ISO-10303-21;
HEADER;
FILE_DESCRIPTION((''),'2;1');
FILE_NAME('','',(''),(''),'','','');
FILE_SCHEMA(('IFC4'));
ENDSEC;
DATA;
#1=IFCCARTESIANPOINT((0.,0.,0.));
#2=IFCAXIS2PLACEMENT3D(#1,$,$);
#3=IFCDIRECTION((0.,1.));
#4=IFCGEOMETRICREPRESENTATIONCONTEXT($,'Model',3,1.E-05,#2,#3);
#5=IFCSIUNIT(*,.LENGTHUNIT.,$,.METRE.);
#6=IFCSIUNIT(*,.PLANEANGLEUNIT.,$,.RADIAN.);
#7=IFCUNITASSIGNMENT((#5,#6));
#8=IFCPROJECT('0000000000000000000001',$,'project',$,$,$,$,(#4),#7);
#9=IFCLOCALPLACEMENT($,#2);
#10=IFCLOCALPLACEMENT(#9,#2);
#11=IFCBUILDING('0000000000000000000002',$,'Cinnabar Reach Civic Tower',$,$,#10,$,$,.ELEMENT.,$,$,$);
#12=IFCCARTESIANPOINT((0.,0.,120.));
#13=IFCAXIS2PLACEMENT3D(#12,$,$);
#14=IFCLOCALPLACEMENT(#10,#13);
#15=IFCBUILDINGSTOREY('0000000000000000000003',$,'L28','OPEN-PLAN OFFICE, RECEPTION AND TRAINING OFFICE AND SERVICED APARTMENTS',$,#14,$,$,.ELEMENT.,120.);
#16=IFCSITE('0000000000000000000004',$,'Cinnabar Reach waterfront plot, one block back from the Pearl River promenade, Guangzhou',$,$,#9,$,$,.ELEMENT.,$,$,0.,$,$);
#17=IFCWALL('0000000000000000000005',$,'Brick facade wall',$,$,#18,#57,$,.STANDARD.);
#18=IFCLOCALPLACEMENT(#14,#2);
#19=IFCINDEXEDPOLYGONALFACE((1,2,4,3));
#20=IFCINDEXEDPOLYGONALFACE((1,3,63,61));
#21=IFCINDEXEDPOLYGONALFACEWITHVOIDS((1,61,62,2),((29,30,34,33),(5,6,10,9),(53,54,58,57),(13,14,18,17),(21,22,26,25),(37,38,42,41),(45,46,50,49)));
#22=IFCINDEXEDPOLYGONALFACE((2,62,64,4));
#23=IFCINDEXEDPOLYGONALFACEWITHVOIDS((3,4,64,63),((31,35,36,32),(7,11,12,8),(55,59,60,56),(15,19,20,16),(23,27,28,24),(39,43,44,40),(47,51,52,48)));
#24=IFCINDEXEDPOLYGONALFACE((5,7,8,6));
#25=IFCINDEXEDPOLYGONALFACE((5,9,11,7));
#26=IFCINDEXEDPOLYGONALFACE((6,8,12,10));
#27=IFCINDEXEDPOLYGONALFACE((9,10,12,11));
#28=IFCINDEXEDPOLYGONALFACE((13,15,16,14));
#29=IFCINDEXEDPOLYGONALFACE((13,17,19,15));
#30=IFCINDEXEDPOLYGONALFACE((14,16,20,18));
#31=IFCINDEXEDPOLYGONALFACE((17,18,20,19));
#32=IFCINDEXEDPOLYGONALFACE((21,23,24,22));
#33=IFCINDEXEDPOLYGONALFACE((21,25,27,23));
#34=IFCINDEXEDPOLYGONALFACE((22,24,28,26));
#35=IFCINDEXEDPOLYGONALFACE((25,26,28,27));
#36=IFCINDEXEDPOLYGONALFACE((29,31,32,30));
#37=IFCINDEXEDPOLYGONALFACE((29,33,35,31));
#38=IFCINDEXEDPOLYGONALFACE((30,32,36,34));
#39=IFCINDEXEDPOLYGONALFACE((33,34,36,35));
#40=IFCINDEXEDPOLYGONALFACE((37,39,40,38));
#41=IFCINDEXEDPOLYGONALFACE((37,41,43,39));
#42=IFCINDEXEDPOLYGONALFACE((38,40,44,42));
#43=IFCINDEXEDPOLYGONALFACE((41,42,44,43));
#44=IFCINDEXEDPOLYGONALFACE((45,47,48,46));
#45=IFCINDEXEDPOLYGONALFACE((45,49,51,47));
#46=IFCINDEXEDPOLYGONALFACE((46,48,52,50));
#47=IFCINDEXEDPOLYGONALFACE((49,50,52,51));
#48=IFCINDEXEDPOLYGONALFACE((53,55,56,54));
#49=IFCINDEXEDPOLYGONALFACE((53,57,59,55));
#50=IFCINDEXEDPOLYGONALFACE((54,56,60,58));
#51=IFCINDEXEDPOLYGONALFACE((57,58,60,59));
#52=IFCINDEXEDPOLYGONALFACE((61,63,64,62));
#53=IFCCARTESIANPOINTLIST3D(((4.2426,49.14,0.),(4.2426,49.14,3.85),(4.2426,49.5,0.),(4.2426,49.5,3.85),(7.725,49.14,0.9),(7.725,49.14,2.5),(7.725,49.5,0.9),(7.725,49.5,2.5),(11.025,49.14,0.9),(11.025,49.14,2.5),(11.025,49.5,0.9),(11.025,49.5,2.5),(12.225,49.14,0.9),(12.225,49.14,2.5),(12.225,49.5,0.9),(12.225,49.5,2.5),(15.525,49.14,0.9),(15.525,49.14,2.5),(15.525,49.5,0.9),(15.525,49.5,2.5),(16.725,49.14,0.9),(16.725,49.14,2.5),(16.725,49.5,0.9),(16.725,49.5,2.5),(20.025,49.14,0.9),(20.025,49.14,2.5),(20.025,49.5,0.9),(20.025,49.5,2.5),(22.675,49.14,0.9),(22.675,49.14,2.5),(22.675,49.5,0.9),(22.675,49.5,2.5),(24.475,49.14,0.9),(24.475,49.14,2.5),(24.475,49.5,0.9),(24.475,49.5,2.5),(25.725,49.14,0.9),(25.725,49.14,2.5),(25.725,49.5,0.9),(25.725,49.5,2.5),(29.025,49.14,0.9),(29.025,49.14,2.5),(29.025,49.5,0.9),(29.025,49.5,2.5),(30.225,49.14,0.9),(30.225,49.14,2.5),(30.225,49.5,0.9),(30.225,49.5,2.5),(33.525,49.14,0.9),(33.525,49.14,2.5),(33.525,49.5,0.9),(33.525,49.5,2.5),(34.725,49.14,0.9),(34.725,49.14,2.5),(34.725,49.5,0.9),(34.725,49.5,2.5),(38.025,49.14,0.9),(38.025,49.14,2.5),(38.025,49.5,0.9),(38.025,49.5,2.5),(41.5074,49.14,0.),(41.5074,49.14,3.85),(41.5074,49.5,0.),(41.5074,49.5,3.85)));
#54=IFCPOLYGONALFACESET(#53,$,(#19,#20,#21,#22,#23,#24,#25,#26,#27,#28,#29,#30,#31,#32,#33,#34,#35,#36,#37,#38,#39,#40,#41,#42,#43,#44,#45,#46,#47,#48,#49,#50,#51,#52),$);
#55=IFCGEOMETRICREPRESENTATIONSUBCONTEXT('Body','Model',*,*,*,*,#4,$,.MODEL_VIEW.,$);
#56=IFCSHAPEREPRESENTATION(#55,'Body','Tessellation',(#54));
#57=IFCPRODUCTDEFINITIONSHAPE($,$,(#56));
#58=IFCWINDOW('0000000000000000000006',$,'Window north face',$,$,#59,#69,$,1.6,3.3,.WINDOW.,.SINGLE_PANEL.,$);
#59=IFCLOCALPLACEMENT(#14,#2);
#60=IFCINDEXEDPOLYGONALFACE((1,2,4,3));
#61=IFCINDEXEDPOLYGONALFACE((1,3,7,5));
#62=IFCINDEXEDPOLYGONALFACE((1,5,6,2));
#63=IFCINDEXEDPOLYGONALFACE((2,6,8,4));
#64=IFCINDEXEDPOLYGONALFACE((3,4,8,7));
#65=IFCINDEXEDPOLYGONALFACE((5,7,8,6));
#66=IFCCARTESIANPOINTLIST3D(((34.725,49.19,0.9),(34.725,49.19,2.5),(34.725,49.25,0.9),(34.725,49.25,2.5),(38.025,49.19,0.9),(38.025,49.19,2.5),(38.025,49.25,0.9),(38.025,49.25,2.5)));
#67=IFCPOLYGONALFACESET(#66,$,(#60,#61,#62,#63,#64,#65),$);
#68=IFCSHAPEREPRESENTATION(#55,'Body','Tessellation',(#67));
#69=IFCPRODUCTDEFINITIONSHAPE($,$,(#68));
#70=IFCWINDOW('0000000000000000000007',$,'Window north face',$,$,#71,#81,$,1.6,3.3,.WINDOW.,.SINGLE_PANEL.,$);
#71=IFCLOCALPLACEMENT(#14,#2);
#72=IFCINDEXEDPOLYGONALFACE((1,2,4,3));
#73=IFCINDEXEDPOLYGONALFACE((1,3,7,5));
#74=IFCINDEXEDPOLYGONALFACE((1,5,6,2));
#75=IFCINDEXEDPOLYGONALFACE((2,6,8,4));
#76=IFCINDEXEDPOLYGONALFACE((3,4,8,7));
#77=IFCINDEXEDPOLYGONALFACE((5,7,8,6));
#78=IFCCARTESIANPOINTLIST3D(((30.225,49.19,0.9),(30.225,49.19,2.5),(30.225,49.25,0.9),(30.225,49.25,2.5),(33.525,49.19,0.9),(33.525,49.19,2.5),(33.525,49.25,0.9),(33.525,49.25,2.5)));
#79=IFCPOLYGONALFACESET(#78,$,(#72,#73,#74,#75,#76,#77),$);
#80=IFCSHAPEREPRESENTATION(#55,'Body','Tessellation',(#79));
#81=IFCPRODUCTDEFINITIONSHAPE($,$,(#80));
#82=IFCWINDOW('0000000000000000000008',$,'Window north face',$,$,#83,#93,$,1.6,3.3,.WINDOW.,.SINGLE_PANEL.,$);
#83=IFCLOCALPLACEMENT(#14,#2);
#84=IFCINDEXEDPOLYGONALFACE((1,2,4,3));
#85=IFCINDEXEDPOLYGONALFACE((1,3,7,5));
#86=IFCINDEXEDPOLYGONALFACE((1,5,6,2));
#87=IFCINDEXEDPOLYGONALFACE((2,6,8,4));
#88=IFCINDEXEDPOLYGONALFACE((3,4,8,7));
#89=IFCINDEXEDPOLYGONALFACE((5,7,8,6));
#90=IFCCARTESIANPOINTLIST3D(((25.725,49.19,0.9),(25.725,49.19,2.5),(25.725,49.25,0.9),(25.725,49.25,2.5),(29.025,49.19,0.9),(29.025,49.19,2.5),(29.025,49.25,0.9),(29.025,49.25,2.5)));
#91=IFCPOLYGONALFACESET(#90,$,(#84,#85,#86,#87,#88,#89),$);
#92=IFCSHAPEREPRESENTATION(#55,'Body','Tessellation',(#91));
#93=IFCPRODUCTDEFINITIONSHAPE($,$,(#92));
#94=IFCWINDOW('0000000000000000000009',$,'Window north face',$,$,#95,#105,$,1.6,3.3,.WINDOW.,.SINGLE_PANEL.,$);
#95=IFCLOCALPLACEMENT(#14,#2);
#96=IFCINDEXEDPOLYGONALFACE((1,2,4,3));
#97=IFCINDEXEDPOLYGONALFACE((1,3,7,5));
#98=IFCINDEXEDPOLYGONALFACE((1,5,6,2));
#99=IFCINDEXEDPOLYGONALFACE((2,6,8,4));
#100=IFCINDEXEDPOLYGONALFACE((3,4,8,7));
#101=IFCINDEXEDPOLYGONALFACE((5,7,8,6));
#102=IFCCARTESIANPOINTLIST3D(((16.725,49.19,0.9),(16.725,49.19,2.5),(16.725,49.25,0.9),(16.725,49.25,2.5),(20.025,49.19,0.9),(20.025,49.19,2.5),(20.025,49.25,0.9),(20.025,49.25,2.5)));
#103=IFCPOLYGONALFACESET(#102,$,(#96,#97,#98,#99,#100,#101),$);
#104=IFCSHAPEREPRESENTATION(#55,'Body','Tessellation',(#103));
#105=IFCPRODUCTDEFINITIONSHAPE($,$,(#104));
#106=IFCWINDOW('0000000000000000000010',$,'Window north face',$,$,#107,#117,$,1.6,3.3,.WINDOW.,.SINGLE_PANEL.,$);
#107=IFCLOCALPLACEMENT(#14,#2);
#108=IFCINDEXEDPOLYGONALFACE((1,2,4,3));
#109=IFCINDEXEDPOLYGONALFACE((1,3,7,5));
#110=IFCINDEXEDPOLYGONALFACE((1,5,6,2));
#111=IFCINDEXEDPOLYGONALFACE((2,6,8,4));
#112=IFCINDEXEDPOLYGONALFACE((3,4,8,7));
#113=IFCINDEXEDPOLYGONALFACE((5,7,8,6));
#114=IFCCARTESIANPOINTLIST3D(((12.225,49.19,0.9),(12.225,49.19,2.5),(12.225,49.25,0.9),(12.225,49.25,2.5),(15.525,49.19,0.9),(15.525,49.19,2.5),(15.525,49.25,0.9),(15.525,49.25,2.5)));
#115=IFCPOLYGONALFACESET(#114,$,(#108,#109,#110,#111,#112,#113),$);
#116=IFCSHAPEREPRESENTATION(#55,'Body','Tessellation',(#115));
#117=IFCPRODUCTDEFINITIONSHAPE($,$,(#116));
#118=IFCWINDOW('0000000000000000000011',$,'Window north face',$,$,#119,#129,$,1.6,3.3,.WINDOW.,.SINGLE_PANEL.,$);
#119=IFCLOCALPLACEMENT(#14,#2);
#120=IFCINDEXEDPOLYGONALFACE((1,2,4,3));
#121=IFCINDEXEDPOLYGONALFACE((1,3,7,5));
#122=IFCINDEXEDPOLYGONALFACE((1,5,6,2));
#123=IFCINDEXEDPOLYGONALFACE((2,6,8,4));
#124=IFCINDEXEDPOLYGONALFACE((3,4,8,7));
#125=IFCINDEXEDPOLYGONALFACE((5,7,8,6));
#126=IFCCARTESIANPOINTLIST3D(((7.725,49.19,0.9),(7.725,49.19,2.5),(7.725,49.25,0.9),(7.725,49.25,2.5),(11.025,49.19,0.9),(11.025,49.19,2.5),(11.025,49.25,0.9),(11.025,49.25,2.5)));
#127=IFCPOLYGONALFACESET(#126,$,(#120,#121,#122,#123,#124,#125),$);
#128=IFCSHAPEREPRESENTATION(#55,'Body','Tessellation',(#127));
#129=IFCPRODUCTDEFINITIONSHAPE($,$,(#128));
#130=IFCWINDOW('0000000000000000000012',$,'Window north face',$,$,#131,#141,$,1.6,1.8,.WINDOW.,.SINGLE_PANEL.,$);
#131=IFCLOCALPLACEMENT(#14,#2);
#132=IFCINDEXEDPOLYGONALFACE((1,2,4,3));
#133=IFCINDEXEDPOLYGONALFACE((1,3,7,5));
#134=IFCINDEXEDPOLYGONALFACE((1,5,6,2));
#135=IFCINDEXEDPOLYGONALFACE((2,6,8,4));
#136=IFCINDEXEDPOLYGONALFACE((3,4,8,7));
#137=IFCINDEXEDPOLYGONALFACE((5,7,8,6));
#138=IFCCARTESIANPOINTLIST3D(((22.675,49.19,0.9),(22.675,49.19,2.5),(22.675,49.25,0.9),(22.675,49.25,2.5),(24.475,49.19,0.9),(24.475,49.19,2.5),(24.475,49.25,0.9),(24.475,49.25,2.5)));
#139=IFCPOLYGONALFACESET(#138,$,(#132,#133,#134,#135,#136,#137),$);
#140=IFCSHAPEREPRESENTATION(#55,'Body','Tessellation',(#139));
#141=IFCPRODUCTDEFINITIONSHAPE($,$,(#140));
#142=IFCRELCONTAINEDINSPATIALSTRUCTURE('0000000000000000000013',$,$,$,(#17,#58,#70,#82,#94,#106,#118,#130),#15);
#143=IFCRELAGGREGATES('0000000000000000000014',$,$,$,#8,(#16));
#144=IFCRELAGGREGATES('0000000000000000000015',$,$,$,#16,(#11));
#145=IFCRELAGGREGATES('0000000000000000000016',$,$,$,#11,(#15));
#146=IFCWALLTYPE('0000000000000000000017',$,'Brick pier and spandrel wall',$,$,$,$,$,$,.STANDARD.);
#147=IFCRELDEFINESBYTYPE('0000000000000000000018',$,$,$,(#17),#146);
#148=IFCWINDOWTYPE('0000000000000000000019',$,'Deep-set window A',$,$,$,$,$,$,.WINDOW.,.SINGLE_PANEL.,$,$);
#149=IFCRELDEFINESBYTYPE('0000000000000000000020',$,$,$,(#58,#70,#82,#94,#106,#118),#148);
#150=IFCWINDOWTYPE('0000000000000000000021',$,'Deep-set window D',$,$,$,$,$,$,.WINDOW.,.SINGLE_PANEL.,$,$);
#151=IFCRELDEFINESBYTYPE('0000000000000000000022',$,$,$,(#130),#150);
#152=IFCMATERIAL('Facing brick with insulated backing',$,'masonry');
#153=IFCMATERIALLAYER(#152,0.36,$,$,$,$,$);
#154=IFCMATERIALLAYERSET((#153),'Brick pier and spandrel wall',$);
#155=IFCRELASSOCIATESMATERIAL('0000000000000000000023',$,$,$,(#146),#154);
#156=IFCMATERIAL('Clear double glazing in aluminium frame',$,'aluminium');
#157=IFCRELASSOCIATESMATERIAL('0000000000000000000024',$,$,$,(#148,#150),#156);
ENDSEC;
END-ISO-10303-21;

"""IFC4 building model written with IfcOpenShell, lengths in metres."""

from ifc_helpers import new_model, si_unit, direction, frame, frame_2d, origin, place, context, subcontext, project, spatial, rectangle, extrude, material, layer, layer_set, type_object, element, fill, save


model = new_model("IFC4")

# Units and contexts
model_context = context("Model", 3, precision=1e-05, world=origin(), true_north=direction((0.0, 1.0)))
body_context = subcontext(model_context, "Body", "Model", "MODEL_VIEW")
ifc_project = project(units=[si_unit("LENGTHUNIT", "METRE"), si_unit("PLANEANGLEUNIT", "RADIAN")], contexts=[model_context])

# Site, building, storey
site_placement = place(None, origin())
site = spatial("IfcSite", under=ifc_project, at=site_placement, Name="Cinnabar Reach waterfront plot, one block back from the Pearl River promenade, Guangzhou", CompositionType="ELEMENT", RefElevation=0.0)
building_placement = place(site_placement, origin())
building = spatial("IfcBuilding", under=site, at=building_placement, Name="Cinnabar Reach Civic Tower", CompositionType="ELEMENT")
storey_placement = place(building_placement, frame((0.0, 0.0, 120.0)))
storey = spatial("IfcBuildingStorey", under=building, at=storey_placement, Name="L28", Description="OPEN-PLAN OFFICE, RECEPTION AND TRAINING OFFICE AND SERVICED APARTMENTS", CompositionType="ELEMENT", Elevation=120.0)

# Shared definitions
ifc_material_1 = material(Name="Facing brick with insulated backing", Category="masonry")

# Shared definitions
ifc_layer_1 = layer(ifc_material_1, 0.36)
ifc_layer_set_1 = layer_set([ifc_layer_1], Name="Brick pier and spandrel wall")
wall_type_1 = type_object("IfcWallType", Name="Brick pier and spandrel wall", PredefinedType="STANDARD", material=ifc_layer_set_1)
ifc_material_2 = material(Name="Clear double glazing in aluminium frame", Category="aluminium")
window_type_1 = type_object("IfcWindowType", Name="Deep-set window A", PartitioningType="SINGLE_PANEL", PredefinedType="WINDOW", material=ifc_material_2)

# Wall, openings, windows
wall_1_placement = place(storey_placement, frame((41.5074, 49.32, 0.0), z_axis=(0.0, 0.0, 1.0), x_axis=(-1.0, 0.0, 0.0)))
wall_1 = element("IfcWall", 1, at=wall_1_placement, inside=storey, type_object=wall_type_1, Name="Brick facade wall", PredefinedType="STANDARD", context=body_context, shape_type="SweptSolid", body=[
    extrude(rectangle(XDim=37.2648, YDim=0.36, at=frame_2d((18.6324, 0.0))), origin(), (0.0, 0.0, 1.0), 3.85),
])
opening_1_placement = place(wall_1_placement, frame((3.4824, 0.0, 0.9)))
opening_1 = element("IfcOpeningElement", 2, at=opening_1_placement, cuts=wall_1, PredefinedType="OPENING", context=body_context, shape_type="SweptSolid", body=[
    extrude(rectangle(XDim=3.3, YDim=1.6, at=frame_2d((1.65, 0.8))), frame((0.0, 0.19, 0.0), z_axis=(0.0, -1.0, 0.0), x_axis=(1.0, 0.0, 0.0)), (0.0, 0.0, 1.0), 0.38),
])
opening_2_placement = place(wall_1_placement, frame((7.9824, 0.0, 0.9)))
opening_2 = element("IfcOpeningElement", 3, at=opening_2_placement, cuts=wall_1, PredefinedType="OPENING", context=body_context, shape_type="SweptSolid", body=[
    extrude(rectangle(XDim=3.3, YDim=1.6, at=frame_2d((1.65, 0.8))), frame((0.0, 0.19, 0.0), z_axis=(0.0, -1.0, 0.0), x_axis=(1.0, 0.0, 0.0)), (0.0, 0.0, 1.0), 0.38),
])
opening_3_placement = place(wall_1_placement, frame((12.4824, 0.0, 0.9)))
opening_3 = element("IfcOpeningElement", 4, at=opening_3_placement, cuts=wall_1, PredefinedType="OPENING", context=body_context, shape_type="SweptSolid", body=[
    extrude(rectangle(XDim=3.3, YDim=1.6, at=frame_2d((1.65, 0.8))), frame((0.0, 0.19, 0.0), z_axis=(0.0, -1.0, 0.0), x_axis=(1.0, 0.0, 0.0)), (0.0, 0.0, 1.0), 0.38),
])
opening_4_placement = place(wall_1_placement, frame((17.0324, 0.0, 0.9)))
opening_4 = element("IfcOpeningElement", 5, at=opening_4_placement, cuts=wall_1, PredefinedType="OPENING", context=body_context, shape_type="SweptSolid", body=[
    extrude(rectangle(XDim=1.8, YDim=1.6, at=frame_2d((0.9, 0.8))), frame((0.0, 0.19, 0.0), z_axis=(0.0, -1.0, 0.0), x_axis=(1.0, 0.0, 0.0)), (0.0, 0.0, 1.0), 0.38),
])
opening_5_placement = place(wall_1_placement, frame((21.4824, 0.0, 0.9)))
opening_5 = element("IfcOpeningElement", 6, at=opening_5_placement, cuts=wall_1, PredefinedType="OPENING", context=body_context, shape_type="SweptSolid", body=[
    extrude(rectangle(XDim=3.3, YDim=1.6, at=frame_2d((1.65, 0.8))), frame((0.0, 0.19, 0.0), z_axis=(0.0, -1.0, 0.0), x_axis=(1.0, 0.0, 0.0)), (0.0, 0.0, 1.0), 0.38),
])
opening_6_placement = place(wall_1_placement, frame((25.9824, 0.0, 0.9)))
opening_6 = element("IfcOpeningElement", 7, at=opening_6_placement, cuts=wall_1, PredefinedType="OPENING", context=body_context, shape_type="SweptSolid", body=[
    extrude(rectangle(XDim=3.3, YDim=1.6, at=frame_2d((1.65, 0.8))), frame((0.0, 0.19, 0.0), z_axis=(0.0, -1.0, 0.0), x_axis=(1.0, 0.0, 0.0)), (0.0, 0.0, 1.0), 0.38),
])
opening_7_placement = place(wall_1_placement, frame((30.4824, 0.0, 0.9)))
opening_7 = element("IfcOpeningElement", 8, at=opening_7_placement, cuts=wall_1, PredefinedType="OPENING", context=body_context, shape_type="SweptSolid", body=[
    extrude(rectangle(XDim=3.3, YDim=1.6, at=frame_2d((1.65, 0.8))), frame((0.0, 0.19, 0.0), z_axis=(0.0, -1.0, 0.0), x_axis=(1.0, 0.0, 0.0)), (0.0, 0.0, 1.0), 0.38),
])
window_1_placement = place(opening_1_placement, origin())
window_1 = element("IfcWindow", 9, at=window_1_placement, inside=storey, type_object=window_type_1, Name="Window north face", OverallHeight=1.6, OverallWidth=3.3, PartitioningType="SINGLE_PANEL", PredefinedType="WINDOW", context=body_context, shape_type="SweptSolid", body=[
    extrude(rectangle(XDim=3.3, YDim=1.6, at=frame_2d((1.65, 0.8))), frame((0.0, 0.13, 0.0), z_axis=(0.0, -1.0, 0.0), x_axis=(1.0, 0.0, 0.0)), (0.0, 0.0, 1.0), 0.06),
])
fill(opening_1, window_1)
window_2_placement = place(opening_2_placement, origin())
window_2 = element("IfcWindow", 10, at=window_2_placement, inside=storey, type_object=window_type_1, Name="Window north face", OverallHeight=1.6, OverallWidth=3.3, PartitioningType="SINGLE_PANEL", PredefinedType="WINDOW", context=body_context, shape_type="SweptSolid", body=[
    extrude(rectangle(XDim=3.3, YDim=1.6, at=frame_2d((1.65, 0.8))), frame((0.0, 0.13, 0.0), z_axis=(0.0, -1.0, 0.0), x_axis=(1.0, 0.0, 0.0)), (0.0, 0.0, 1.0), 0.06),
])
fill(opening_2, window_2)
window_3_placement = place(opening_3_placement, origin())
window_3 = element("IfcWindow", 11, at=window_3_placement, inside=storey, type_object=window_type_1, Name="Window north face", OverallHeight=1.6, OverallWidth=3.3, PartitioningType="SINGLE_PANEL", PredefinedType="WINDOW", context=body_context, shape_type="SweptSolid", body=[
    extrude(rectangle(XDim=3.3, YDim=1.6, at=frame_2d((1.65, 0.8))), frame((0.0, 0.13, 0.0), z_axis=(0.0, -1.0, 0.0), x_axis=(1.0, 0.0, 0.0)), (0.0, 0.0, 1.0), 0.06),
])
fill(opening_3, window_3)
window_4_placement = place(opening_5_placement, origin())
window_4 = element("IfcWindow", 12, at=window_4_placement, inside=storey, type_object=window_type_1, Name="Window north face", OverallHeight=1.6, OverallWidth=3.3, PartitioningType="SINGLE_PANEL", PredefinedType="WINDOW", context=body_context, shape_type="SweptSolid", body=[
    extrude(rectangle(XDim=3.3, YDim=1.6, at=frame_2d((1.65, 0.8))), frame((0.0, 0.13, 0.0), z_axis=(0.0, -1.0, 0.0), x_axis=(1.0, 0.0, 0.0)), (0.0, 0.0, 1.0), 0.06),
])
fill(opening_5, window_4)
window_5_placement = place(opening_6_placement, origin())
window_5 = element("IfcWindow", 13, at=window_5_placement, inside=storey, type_object=window_type_1, Name="Window north face", OverallHeight=1.6, OverallWidth=3.3, PartitioningType="SINGLE_PANEL", PredefinedType="WINDOW", context=body_context, shape_type="SweptSolid", body=[
    extrude(rectangle(XDim=3.3, YDim=1.6, at=frame_2d((1.65, 0.8))), frame((0.0, 0.13, 0.0), z_axis=(0.0, -1.0, 0.0), x_axis=(1.0, 0.0, 0.0)), (0.0, 0.0, 1.0), 0.06),
])
fill(opening_6, window_5)
window_6_placement = place(opening_7_placement, origin())
window_6 = element("IfcWindow", 14, at=window_6_placement, inside=storey, type_object=window_type_1, Name="Window north face", OverallHeight=1.6, OverallWidth=3.3, PartitioningType="SINGLE_PANEL", PredefinedType="WINDOW", context=body_context, shape_type="SweptSolid", body=[
    extrude(rectangle(XDim=3.3, YDim=1.6, at=frame_2d((1.65, 0.8))), frame((0.0, 0.13, 0.0), z_axis=(0.0, -1.0, 0.0), x_axis=(1.0, 0.0, 0.0)), (0.0, 0.0, 1.0), 0.06),
])
fill(opening_7, window_6)
window_type_2 = type_object("IfcWindowType", Name="Deep-set window D", PartitioningType="SINGLE_PANEL", PredefinedType="WINDOW", material=ifc_material_2)
window_7_placement = place(opening_4_placement, origin())
window_7 = element("IfcWindow", 15, at=window_7_placement, inside=storey, type_object=window_type_2, Name="Window north face", OverallHeight=1.6, OverallWidth=1.8, PartitioningType="SINGLE_PANEL", PredefinedType="WINDOW", context=body_context, shape_type="SweptSolid", body=[
    extrude(rectangle(XDim=1.8, YDim=1.6, at=frame_2d((0.9, 0.8))), frame((0.0, 0.13, 0.0), z_axis=(0.0, -1.0, 0.0), x_axis=(1.0, 0.0, 0.0)), (0.0, 0.0, 1.0), 0.06),
])
fill(opening_4, window_7)

save(model, "model.ifc")
